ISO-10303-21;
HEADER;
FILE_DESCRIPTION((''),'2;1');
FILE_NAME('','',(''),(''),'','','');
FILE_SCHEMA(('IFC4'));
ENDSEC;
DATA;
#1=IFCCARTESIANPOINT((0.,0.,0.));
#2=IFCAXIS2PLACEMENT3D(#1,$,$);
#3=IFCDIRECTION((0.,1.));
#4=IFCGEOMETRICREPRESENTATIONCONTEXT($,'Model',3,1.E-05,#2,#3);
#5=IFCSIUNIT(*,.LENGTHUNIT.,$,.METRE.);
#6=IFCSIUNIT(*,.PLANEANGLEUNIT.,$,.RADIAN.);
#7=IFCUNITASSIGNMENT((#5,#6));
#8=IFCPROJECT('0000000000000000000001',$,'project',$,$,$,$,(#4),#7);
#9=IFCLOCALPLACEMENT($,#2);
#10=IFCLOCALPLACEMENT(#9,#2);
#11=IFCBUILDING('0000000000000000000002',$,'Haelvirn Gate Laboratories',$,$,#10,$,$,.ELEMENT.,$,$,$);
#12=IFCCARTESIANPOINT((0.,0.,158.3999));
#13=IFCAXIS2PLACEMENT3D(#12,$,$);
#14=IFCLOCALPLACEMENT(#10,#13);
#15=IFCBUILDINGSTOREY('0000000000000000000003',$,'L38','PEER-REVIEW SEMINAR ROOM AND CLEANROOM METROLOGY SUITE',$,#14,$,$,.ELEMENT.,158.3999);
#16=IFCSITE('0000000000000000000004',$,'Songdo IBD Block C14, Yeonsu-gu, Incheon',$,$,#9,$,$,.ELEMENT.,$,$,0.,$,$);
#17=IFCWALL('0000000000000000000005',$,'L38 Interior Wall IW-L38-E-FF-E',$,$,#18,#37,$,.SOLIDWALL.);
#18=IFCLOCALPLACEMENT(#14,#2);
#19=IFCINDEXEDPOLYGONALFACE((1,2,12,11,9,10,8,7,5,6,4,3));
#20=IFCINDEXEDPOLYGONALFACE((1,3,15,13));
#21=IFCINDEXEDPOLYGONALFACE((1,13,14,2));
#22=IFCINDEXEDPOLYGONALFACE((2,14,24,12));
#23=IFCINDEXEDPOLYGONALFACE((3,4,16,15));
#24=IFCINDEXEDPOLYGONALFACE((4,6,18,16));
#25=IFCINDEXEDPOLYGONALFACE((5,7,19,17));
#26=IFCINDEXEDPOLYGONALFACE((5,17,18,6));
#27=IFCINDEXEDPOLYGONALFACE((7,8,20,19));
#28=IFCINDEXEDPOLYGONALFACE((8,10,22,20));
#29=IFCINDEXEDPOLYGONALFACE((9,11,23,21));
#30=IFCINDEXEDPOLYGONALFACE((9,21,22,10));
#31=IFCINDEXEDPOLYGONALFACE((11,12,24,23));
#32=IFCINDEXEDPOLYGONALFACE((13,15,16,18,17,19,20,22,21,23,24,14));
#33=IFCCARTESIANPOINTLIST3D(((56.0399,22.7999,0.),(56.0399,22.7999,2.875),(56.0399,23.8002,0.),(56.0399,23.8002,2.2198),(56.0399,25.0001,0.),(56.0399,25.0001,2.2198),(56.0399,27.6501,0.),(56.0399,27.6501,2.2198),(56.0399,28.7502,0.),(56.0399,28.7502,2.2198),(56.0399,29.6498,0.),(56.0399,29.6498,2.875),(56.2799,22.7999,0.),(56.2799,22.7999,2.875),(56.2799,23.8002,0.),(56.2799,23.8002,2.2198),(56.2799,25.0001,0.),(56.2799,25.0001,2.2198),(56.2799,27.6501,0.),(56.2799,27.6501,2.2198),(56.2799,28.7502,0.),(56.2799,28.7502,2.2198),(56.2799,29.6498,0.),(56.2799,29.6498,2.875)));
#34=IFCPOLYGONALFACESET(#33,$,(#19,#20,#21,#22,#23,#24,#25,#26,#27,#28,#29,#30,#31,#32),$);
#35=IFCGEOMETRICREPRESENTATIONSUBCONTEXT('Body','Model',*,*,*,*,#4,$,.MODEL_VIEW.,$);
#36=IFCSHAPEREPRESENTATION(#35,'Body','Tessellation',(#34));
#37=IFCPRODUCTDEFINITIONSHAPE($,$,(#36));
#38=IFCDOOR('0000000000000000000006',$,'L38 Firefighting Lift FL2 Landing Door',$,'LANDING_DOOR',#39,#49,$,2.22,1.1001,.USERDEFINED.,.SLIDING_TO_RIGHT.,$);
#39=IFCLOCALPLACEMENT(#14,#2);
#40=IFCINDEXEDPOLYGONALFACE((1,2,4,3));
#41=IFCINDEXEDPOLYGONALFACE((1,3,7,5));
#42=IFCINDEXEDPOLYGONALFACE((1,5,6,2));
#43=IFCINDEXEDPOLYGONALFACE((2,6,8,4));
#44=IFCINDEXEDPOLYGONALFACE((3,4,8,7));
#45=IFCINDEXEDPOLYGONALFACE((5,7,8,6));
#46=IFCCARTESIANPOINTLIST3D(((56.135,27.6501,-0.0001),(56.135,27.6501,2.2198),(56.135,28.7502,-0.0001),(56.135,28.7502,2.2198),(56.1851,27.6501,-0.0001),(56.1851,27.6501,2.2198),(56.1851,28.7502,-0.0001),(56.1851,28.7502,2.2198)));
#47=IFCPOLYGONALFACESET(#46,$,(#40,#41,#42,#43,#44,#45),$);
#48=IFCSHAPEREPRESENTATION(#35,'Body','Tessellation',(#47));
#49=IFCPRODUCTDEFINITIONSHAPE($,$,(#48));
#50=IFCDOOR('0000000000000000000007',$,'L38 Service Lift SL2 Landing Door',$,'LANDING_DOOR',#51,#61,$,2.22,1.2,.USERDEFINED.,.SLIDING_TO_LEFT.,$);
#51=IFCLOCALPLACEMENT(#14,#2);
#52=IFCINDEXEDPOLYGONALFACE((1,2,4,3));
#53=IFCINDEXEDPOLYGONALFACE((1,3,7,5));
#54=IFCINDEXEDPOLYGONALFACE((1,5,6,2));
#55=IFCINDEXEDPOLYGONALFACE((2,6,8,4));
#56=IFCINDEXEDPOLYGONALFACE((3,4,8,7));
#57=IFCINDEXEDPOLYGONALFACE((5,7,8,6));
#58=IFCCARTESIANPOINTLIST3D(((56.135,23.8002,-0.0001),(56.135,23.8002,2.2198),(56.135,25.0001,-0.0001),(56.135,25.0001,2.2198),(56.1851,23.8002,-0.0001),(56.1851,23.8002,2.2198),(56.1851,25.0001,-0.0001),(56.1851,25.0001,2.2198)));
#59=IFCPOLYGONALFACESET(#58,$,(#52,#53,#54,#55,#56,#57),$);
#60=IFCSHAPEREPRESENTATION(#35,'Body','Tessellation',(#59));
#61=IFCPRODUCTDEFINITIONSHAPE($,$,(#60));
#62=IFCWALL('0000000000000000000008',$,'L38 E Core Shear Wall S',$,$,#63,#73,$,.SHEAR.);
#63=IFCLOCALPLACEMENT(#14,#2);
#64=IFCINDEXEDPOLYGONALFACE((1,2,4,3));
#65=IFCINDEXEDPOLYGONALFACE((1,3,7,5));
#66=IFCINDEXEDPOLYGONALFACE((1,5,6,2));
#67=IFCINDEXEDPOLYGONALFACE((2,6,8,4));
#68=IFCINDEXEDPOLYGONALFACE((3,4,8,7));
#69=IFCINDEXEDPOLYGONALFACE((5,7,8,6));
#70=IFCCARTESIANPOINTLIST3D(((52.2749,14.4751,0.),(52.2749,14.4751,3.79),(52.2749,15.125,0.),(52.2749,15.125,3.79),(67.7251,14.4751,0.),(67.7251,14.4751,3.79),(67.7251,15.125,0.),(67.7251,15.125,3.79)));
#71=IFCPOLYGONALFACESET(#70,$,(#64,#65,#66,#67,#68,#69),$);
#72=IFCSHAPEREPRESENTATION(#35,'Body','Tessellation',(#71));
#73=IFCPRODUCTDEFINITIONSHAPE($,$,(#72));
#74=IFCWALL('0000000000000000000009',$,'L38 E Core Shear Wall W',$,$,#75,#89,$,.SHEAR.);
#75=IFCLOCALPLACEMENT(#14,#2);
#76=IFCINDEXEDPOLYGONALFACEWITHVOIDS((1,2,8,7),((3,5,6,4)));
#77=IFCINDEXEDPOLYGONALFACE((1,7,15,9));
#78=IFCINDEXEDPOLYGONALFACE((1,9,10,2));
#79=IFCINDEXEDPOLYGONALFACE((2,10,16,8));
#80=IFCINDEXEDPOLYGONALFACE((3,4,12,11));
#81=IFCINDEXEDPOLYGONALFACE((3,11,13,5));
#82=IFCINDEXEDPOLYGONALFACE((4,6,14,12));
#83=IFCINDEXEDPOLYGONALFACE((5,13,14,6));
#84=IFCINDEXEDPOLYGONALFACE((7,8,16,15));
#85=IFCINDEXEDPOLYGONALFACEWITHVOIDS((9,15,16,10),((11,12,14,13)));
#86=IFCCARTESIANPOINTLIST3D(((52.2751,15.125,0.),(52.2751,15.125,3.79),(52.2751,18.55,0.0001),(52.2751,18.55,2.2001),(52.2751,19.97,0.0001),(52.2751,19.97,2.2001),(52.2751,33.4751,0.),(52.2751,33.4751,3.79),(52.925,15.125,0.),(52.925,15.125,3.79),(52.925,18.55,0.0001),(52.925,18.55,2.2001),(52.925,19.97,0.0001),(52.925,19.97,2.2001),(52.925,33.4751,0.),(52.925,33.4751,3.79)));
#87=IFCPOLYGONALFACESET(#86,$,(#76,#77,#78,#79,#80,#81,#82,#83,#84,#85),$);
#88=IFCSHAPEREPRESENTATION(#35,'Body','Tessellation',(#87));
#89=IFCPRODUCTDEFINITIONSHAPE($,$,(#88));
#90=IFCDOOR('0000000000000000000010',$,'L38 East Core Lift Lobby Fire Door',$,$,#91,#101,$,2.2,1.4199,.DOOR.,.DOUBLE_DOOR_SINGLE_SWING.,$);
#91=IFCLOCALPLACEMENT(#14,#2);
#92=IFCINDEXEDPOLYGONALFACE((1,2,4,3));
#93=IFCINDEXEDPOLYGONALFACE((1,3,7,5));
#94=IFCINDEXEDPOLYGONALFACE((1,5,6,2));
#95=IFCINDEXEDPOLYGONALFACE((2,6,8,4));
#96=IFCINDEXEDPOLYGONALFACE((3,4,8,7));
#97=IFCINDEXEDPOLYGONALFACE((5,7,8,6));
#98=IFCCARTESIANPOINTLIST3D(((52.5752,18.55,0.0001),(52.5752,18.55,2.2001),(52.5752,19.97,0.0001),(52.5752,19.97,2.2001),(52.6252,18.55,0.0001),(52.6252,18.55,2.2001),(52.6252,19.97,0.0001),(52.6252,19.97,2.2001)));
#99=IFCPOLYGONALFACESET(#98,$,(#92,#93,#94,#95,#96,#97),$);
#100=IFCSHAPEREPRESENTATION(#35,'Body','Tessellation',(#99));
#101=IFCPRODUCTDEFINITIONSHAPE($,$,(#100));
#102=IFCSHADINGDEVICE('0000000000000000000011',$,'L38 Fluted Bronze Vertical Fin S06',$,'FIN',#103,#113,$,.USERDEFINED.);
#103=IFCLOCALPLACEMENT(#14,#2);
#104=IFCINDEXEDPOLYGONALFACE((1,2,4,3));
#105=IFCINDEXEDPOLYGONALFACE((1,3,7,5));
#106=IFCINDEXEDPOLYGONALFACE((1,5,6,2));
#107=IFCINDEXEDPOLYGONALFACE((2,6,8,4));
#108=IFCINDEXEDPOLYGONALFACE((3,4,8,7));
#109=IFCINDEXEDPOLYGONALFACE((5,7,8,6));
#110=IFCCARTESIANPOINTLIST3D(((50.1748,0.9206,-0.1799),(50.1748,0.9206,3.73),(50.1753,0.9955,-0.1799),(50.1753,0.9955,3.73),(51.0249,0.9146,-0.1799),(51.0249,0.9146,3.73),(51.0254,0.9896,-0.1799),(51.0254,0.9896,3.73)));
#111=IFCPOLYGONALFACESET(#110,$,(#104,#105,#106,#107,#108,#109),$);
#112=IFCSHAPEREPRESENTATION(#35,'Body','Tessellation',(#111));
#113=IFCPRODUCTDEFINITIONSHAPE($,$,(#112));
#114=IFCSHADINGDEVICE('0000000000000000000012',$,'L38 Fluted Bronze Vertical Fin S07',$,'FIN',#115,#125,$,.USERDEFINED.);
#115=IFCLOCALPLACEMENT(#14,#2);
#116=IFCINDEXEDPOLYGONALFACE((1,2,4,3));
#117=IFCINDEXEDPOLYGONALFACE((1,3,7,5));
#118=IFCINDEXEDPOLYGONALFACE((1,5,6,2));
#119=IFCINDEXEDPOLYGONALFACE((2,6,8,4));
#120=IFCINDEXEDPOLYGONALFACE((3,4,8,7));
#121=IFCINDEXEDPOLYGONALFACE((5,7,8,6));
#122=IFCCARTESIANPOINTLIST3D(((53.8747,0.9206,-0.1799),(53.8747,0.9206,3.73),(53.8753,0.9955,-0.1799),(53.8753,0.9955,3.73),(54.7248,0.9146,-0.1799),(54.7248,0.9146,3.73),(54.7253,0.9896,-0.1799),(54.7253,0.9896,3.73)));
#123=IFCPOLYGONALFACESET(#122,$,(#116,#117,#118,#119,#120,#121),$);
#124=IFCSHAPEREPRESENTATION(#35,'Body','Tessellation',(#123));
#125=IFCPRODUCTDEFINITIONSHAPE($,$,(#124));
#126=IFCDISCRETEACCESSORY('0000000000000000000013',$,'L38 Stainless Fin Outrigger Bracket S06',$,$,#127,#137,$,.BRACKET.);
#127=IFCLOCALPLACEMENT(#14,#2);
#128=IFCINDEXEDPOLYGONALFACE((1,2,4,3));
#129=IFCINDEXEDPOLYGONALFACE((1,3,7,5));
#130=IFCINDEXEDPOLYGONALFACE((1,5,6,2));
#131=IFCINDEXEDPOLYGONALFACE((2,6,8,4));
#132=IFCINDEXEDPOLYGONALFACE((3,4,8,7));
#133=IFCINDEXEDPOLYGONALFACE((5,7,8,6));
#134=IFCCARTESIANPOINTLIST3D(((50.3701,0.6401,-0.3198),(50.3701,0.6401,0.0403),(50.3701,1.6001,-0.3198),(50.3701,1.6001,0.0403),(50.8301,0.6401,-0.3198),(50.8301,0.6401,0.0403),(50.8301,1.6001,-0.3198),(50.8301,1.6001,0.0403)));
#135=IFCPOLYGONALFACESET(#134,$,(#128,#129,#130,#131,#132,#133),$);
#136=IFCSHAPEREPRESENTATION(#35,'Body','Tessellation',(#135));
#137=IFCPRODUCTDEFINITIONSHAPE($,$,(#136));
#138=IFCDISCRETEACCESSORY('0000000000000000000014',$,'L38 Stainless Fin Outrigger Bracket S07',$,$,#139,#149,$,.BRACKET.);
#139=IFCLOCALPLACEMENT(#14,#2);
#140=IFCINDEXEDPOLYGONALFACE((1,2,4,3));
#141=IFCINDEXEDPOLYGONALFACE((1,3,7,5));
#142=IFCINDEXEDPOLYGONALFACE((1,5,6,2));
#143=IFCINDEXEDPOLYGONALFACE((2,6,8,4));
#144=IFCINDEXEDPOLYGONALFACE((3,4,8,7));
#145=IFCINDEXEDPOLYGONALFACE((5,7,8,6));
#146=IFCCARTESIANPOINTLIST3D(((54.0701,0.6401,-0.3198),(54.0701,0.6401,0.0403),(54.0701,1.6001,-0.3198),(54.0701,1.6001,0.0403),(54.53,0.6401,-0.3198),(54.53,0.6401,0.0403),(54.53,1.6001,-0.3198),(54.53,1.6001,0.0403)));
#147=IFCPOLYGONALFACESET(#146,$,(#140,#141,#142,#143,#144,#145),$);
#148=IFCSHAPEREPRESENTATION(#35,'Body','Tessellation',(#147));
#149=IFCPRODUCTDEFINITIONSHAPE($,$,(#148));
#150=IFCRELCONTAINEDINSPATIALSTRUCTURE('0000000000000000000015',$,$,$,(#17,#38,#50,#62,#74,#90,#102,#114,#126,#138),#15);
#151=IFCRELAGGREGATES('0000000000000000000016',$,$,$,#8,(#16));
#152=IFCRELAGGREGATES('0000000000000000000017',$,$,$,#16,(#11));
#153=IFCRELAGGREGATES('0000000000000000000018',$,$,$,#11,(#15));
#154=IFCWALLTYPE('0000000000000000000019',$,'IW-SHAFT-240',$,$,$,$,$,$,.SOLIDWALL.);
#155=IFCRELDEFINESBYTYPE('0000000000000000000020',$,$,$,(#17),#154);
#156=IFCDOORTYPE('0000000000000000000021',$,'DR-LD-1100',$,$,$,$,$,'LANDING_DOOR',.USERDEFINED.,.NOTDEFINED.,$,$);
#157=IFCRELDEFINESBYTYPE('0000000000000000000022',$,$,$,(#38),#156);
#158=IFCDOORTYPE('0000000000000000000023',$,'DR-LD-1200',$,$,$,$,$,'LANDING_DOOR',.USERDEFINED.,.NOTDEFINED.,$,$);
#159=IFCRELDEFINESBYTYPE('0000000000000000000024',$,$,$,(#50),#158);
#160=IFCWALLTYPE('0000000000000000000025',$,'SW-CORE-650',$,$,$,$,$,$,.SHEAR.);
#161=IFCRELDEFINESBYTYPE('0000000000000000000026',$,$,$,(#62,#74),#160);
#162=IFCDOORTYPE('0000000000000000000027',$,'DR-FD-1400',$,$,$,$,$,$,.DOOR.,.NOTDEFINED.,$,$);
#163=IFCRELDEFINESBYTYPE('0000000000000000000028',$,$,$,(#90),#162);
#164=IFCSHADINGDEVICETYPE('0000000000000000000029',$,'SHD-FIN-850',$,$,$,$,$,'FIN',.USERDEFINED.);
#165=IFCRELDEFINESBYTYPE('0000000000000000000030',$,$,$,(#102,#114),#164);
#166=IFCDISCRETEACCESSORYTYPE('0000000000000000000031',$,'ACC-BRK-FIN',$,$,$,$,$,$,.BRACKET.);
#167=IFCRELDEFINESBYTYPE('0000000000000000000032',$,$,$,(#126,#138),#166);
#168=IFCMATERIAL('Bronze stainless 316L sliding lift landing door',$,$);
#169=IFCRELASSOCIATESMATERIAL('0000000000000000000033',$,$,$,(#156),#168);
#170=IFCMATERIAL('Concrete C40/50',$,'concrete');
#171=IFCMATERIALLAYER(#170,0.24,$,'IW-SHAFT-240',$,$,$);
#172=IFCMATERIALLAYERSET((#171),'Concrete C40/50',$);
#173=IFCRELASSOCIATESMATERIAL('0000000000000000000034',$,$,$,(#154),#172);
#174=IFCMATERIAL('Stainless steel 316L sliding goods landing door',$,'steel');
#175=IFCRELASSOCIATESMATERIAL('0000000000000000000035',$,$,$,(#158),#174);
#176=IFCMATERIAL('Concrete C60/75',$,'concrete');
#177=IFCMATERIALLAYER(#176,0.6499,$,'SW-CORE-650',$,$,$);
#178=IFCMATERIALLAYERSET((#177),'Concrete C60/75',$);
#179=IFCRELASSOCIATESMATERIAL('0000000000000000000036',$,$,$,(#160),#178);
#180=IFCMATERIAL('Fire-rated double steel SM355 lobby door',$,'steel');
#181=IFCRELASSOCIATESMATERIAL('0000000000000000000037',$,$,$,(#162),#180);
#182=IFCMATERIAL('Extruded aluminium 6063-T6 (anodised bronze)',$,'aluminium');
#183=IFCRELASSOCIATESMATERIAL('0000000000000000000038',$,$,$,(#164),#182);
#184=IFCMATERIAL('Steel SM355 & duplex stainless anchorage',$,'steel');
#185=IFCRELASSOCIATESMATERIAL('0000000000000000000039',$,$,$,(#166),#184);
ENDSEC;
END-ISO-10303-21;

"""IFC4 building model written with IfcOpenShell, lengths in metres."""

from ifc_helpers import new_model, si_unit, direction, frame, frame_2d, origin, origin_2d, place, context, subcontext, project, spatial, rectangle, extrude, source, transform, mapped, material, layer, layer_set, material_profile, profile_set, type_object, type_shapes, element, fill, save


model = new_model("IFC4")

# Units and contexts
model_context = context("Model", 3, precision=1e-05, world=origin(), true_north=direction((0.0, 1.0)))
body_context = subcontext(model_context, "Body", "Model", "MODEL_VIEW")
ifc_project = project(units=[si_unit("LENGTHUNIT", "METRE"), si_unit("PLANEANGLEUNIT", "RADIAN")], contexts=[model_context])

# Site, building, storey
site_placement = place(None, origin())
site = spatial("IfcSite", under=ifc_project, at=site_placement, Name="Songdo IBD Block C14, Yeonsu-gu, Incheon", CompositionType="ELEMENT", RefElevation=0.0)
building_placement = place(site_placement, origin())
building = spatial("IfcBuilding", under=site, at=building_placement, Name="Haelvirn Gate Laboratories", CompositionType="ELEMENT")
storey_placement = place(building_placement, frame((0.0, 0.0, 158.3999)))
storey = spatial("IfcBuildingStorey", under=building, at=storey_placement, Name="L38", Description="PEER-REVIEW SEMINAR ROOM AND CLEANROOM METROLOGY SUITE", CompositionType="ELEMENT", Elevation=158.3999)

# Shared definitions
ifc_material_1 = material(Name="Concrete C60/75", Category="concrete")

# Shared definitions
ifc_material_2 = material(Name="Extruded aluminium 6063-T6 (anodised bronze)", Category="aluminium")

# Shared definitions
ifc_material_3 = material(Name="Concrete C40/50", Category="concrete")

# Shared definitions
ifc_material_4 = material(Name="Bronze stainless 316L sliding lift landing door")
door_type_1 = type_object("IfcDoorType", Name="DR-LD-1100", ElementType="LANDING_DOOR", OperationType="NOTDEFINED", PredefinedType="USERDEFINED", material=ifc_material_4)
shared_shape_1 = source(origin(), body_context, "Body", "SweptSolid", [
    extrude(rectangle(XDim=1.1001, YDim=2.22, at=frame_2d((0.55, 1.1099))), frame((0.0, 0.0249, 0.0), z_axis=(0.0, -1.0, 0.0), x_axis=(1.0, 0.0, 0.0)), (0.0, 0.0, 1.0), 0.05),
])
type_shapes(door_type_1, [shared_shape_1])

# Wall, openings, doors
ifc_layer_1 = layer(ifc_material_3, 0.24, Name="IW-SHAFT-240")
ifc_layer_set_1 = layer_set([ifc_layer_1], Name="Concrete C40/50")
wall_type_1 = type_object("IfcWallType", Name="IW-SHAFT-240", PredefinedType="SOLIDWALL", material=ifc_layer_set_1)
wall_1_placement = place(storey_placement, frame((56.1599, 22.8, 0.0), z_axis=(0.0, 0.0, 1.0), x_axis=(0.0, 1.0, 0.0)))
wall_1 = element("IfcWall", 1, at=wall_1_placement, inside=storey, type_object=wall_type_1, Name="L38 Interior Wall IW-L38-E-FF-E", PredefinedType="SOLIDWALL", context=body_context, shape_type="SweptSolid", body=[
    extrude(rectangle(XDim=6.8499, YDim=0.24, at=frame_2d((3.4248, 0.0))), origin(), (0.0, 0.0, 1.0), 2.875),
])
opening_1_placement = place(wall_1_placement, frame((4.8501, 0.0, 0.0)))
opening_1 = element("IfcOpeningElement", 2, at=opening_1_placement, cuts=wall_1, PredefinedType="OPENING", context=body_context, shape_type="SweptSolid", body=[
    extrude(rectangle(XDim=1.1001, YDim=2.22, at=frame_2d((0.55, 1.1099))), frame((0.0, 0.1299, 0.0), z_axis=(0.0, -1.0, 0.0), x_axis=(1.0, 0.0, 0.0)), (0.0, 0.0, 1.0), 0.26),
])
opening_2_placement = place(wall_1_placement, frame((1.0, 0.0, 0.0)))
opening_2 = element("IfcOpeningElement", 3, at=opening_2_placement, cuts=wall_1, PredefinedType="OPENING", context=body_context, shape_type="SweptSolid", body=[
    extrude(rectangle(XDim=1.2, YDim=2.22, at=frame_2d((0.6001, 1.1099))), frame((0.0, 0.1299, 0.0), z_axis=(0.0, -1.0, 0.0), x_axis=(1.0, 0.0, 0.0)), (0.0, 0.0, 1.0), 0.26),
])
door_1_placement = place(opening_1_placement, origin())
door_1 = element("IfcDoor", 4, at=door_1_placement, inside=storey, type_object=door_type_1, Name="L38 Firefighting Lift FL2 Landing Door", ObjectType="LANDING_DOOR", OperationType="SLIDING_TO_RIGHT", OverallHeight=2.22, OverallWidth=1.1001, PredefinedType="USERDEFINED", context=body_context, shape_type="MappedRepresentation", body=[
    mapped(shared_shape_1, transform((0.0, 0.0, 0.0), scale=1.0)),
])
fill(opening_1, door_1)
ifc_material_5 = material(Name="Stainless steel 316L sliding goods landing door", Category="steel")
door_type_2 = type_object("IfcDoorType", Name="DR-LD-1200", ElementType="LANDING_DOOR", OperationType="NOTDEFINED", PredefinedType="USERDEFINED", material=ifc_material_5)
shared_shape_2 = source(origin(), body_context, "Body", "SweptSolid", [
    extrude(rectangle(XDim=1.2, YDim=2.22, at=frame_2d((0.6001, 1.1099))), frame((0.0, 0.0249, 0.0), z_axis=(0.0, -1.0, 0.0), x_axis=(1.0, 0.0, 0.0)), (0.0, 0.0, 1.0), 0.05),
])
type_shapes(door_type_2, [shared_shape_2])
door_2_placement = place(opening_2_placement, origin())
door_2 = element("IfcDoor", 5, at=door_2_placement, inside=storey, type_object=door_type_2, Name="L38 Service Lift SL2 Landing Door", ObjectType="LANDING_DOOR", OperationType="SLIDING_TO_LEFT", OverallHeight=2.22, OverallWidth=1.2, PredefinedType="USERDEFINED", context=body_context, shape_type="MappedRepresentation", body=[
    mapped(shared_shape_2, transform((0.0, 0.0, 0.0), scale=1.0)),
])
fill(opening_2, door_2)

# Wall
ifc_layer_2 = layer(ifc_material_1, 0.6499, Name="SW-CORE-650")
ifc_layer_set_2 = layer_set([ifc_layer_2], Name="Concrete C60/75")
wall_type_2 = type_object("IfcWallType", Name="SW-CORE-650", PredefinedType="SHEAR", material=ifc_layer_set_2)
wall_2_placement = place(storey_placement, frame((52.2749, 14.8, 0.0), z_axis=(0.0, 0.0, 1.0), x_axis=(1.0, 0.0, 0.0)))
element("IfcWall", 6, at=wall_2_placement, inside=storey, type_object=wall_type_2, Name="L38 E Core Shear Wall S", PredefinedType="SHEAR", context=body_context, shape_type="SweptSolid", body=[
    extrude(rectangle(XDim=15.4502, YDim=0.6499, at=frame_2d((7.7251, 0.0))), origin(), (0.0, 0.0, 1.0), 3.79),
])

# Wall, opening, door
wall_3_placement = place(storey_placement, frame((52.6001, 15.125, 0.0), z_axis=(0.0, 0.0, 1.0), x_axis=(0.0, 1.0, 0.0)))
wall_3 = element("IfcWall", 7, at=wall_3_placement, inside=storey, type_object=wall_type_2, Name="L38 E Core Shear Wall W", PredefinedType="SHEAR", context=body_context, shape_type="SweptSolid", body=[
    extrude(rectangle(XDim=18.3501, YDim=0.6499, at=frame_2d((9.175, 0.0))), origin(), (0.0, 0.0, 1.0), 3.79),
])
opening_3_placement = place(wall_3_placement, frame((3.425, 0.0, 0.0)))
opening_3 = element("IfcOpeningElement", 8, at=opening_3_placement, cuts=wall_3, PredefinedType="OPENING", context=body_context, shape_type="SweptSolid", body=[
    extrude(rectangle(XDim=1.4199, YDim=2.2, at=frame_2d((0.71, 1.1001))), frame((0.0, 0.335, 0.0), z_axis=(0.0, -1.0, 0.0), x_axis=(1.0, 0.0, 0.0)), (0.0, 0.0, 1.0), 0.6699),
])
ifc_material_6 = material(Name="Fire-rated double steel SM355 lobby door", Category="steel")
door_type_3 = type_object("IfcDoorType", Name="DR-FD-1400", OperationType="NOTDEFINED", PredefinedType="DOOR", material=ifc_material_6)
shared_shape_3 = source(origin(), body_context, "Body", "SweptSolid", [
    extrude(rectangle(XDim=1.4199, YDim=2.2, at=frame_2d((0.71, 1.1001))), frame((0.0, 0.0249, 0.0), z_axis=(0.0, -1.0, 0.0), x_axis=(1.0, 0.0, 0.0)), (0.0, 0.0, 1.0), 0.05),
])
type_shapes(door_type_3, [shared_shape_3])
door_3_placement = place(opening_3_placement, origin())
door_3 = element("IfcDoor", 9, at=door_3_placement, inside=storey, type_object=door_type_3, Name="L38 East Core Lift Lobby Fire Door", OperationType="DOUBLE_DOOR_SINGLE_SWING", OverallHeight=2.2, OverallWidth=1.4199, PredefinedType="DOOR", context=body_context, shape_type="MappedRepresentation", body=[
    mapped(shared_shape_3, transform((0.0, 0.0, 0.0), scale=1.0)),
])
fill(opening_3, door_3)

# Shading devices
ifc_material_profile_1 = material_profile(ifc_material_2, rectangle(XDim=0.075, YDim=0.8501, at=origin_2d()), Name="FIN-850x75")
ifc_profile_set_1 = profile_set([ifc_material_profile_1], Name="Extruded aluminium 6063-T6 (anodised bronze)")
shading_device_type = type_object("IfcShadingDeviceType", Name="SHD-FIN-850", ElementType="FIN", PredefinedType="USERDEFINED", material=ifc_profile_set_1)
shared_shape_4 = source(origin(), body_context, "Body", "SweptSolid", [
    extrude(rectangle(XDim=0.075, YDim=0.8501, at=origin_2d()), origin(), (0.0, 0.0, 1.0), 3.9099),
])
type_shapes(shading_device_type, [shared_shape_4])
for number, where, z_axis, x_axis, name in (
    (10, (50.6001, 0.9551, -0.1799), (0.0, 0.0, 1.0), (0.006981, 0.999976, 0.0), "L38 Fluted Bronze Vertical Fin S06"),
    (11, (54.3, 0.9551, -0.1799), (0.0, 0.0, 1.0), (0.006981, 0.999976, 0.0), "L38 Fluted Bronze Vertical Fin S07"),
):
    element("IfcShadingDevice", number, at=place(storey_placement, frame(where, z_axis=z_axis, x_axis=x_axis)), inside=storey, type_object=shading_device_type, Name=name, ObjectType="FIN", PredefinedType="USERDEFINED", context=body_context, shape_type="MappedRepresentation", body=[
        mapped(shared_shape_4, transform((0.0, 0.0, 0.0), scale=1.0)),
    ])

# Discrete accessories
ifc_material_7 = material(Name="Steel SM355 & duplex stainless anchorage", Category="steel")
discrete_accessory_type = type_object("IfcDiscreteAccessoryType", Name="ACC-BRK-FIN", PredefinedType="BRACKET", material=ifc_material_7)
shared_shape_5 = source(origin(), body_context, "Body", "SweptSolid", [
    extrude(rectangle(XDim=0.46, YDim=0.96, at=origin_2d()), origin(), (0.0, 0.0, 1.0), 0.3601),
])
type_shapes(discrete_accessory_type, [shared_shape_5])
for number, where, z_axis, x_axis, name in (
    (12, (50.6001, 1.1201, -0.3198), (0.0, 0.0, 1.0), (1.0, 0.0, 0.0), "L38 Stainless Fin Outrigger Bracket S06"),
    (13, (54.3, 1.1201, -0.3198), (0.0, 0.0, 1.0), (1.0, 0.0, 0.0), "L38 Stainless Fin Outrigger Bracket S07"),
):
    element("IfcDiscreteAccessory", number, at=place(storey_placement, frame(where, z_axis=z_axis, x_axis=x_axis)), inside=storey, type_object=discrete_accessory_type, Name=name, PredefinedType="BRACKET", context=body_context, shape_type="MappedRepresentation", body=[
        mapped(shared_shape_5, transform((0.0, 0.0, 0.0), scale=1.0)),
    ])

save(model, "model.ifc")
